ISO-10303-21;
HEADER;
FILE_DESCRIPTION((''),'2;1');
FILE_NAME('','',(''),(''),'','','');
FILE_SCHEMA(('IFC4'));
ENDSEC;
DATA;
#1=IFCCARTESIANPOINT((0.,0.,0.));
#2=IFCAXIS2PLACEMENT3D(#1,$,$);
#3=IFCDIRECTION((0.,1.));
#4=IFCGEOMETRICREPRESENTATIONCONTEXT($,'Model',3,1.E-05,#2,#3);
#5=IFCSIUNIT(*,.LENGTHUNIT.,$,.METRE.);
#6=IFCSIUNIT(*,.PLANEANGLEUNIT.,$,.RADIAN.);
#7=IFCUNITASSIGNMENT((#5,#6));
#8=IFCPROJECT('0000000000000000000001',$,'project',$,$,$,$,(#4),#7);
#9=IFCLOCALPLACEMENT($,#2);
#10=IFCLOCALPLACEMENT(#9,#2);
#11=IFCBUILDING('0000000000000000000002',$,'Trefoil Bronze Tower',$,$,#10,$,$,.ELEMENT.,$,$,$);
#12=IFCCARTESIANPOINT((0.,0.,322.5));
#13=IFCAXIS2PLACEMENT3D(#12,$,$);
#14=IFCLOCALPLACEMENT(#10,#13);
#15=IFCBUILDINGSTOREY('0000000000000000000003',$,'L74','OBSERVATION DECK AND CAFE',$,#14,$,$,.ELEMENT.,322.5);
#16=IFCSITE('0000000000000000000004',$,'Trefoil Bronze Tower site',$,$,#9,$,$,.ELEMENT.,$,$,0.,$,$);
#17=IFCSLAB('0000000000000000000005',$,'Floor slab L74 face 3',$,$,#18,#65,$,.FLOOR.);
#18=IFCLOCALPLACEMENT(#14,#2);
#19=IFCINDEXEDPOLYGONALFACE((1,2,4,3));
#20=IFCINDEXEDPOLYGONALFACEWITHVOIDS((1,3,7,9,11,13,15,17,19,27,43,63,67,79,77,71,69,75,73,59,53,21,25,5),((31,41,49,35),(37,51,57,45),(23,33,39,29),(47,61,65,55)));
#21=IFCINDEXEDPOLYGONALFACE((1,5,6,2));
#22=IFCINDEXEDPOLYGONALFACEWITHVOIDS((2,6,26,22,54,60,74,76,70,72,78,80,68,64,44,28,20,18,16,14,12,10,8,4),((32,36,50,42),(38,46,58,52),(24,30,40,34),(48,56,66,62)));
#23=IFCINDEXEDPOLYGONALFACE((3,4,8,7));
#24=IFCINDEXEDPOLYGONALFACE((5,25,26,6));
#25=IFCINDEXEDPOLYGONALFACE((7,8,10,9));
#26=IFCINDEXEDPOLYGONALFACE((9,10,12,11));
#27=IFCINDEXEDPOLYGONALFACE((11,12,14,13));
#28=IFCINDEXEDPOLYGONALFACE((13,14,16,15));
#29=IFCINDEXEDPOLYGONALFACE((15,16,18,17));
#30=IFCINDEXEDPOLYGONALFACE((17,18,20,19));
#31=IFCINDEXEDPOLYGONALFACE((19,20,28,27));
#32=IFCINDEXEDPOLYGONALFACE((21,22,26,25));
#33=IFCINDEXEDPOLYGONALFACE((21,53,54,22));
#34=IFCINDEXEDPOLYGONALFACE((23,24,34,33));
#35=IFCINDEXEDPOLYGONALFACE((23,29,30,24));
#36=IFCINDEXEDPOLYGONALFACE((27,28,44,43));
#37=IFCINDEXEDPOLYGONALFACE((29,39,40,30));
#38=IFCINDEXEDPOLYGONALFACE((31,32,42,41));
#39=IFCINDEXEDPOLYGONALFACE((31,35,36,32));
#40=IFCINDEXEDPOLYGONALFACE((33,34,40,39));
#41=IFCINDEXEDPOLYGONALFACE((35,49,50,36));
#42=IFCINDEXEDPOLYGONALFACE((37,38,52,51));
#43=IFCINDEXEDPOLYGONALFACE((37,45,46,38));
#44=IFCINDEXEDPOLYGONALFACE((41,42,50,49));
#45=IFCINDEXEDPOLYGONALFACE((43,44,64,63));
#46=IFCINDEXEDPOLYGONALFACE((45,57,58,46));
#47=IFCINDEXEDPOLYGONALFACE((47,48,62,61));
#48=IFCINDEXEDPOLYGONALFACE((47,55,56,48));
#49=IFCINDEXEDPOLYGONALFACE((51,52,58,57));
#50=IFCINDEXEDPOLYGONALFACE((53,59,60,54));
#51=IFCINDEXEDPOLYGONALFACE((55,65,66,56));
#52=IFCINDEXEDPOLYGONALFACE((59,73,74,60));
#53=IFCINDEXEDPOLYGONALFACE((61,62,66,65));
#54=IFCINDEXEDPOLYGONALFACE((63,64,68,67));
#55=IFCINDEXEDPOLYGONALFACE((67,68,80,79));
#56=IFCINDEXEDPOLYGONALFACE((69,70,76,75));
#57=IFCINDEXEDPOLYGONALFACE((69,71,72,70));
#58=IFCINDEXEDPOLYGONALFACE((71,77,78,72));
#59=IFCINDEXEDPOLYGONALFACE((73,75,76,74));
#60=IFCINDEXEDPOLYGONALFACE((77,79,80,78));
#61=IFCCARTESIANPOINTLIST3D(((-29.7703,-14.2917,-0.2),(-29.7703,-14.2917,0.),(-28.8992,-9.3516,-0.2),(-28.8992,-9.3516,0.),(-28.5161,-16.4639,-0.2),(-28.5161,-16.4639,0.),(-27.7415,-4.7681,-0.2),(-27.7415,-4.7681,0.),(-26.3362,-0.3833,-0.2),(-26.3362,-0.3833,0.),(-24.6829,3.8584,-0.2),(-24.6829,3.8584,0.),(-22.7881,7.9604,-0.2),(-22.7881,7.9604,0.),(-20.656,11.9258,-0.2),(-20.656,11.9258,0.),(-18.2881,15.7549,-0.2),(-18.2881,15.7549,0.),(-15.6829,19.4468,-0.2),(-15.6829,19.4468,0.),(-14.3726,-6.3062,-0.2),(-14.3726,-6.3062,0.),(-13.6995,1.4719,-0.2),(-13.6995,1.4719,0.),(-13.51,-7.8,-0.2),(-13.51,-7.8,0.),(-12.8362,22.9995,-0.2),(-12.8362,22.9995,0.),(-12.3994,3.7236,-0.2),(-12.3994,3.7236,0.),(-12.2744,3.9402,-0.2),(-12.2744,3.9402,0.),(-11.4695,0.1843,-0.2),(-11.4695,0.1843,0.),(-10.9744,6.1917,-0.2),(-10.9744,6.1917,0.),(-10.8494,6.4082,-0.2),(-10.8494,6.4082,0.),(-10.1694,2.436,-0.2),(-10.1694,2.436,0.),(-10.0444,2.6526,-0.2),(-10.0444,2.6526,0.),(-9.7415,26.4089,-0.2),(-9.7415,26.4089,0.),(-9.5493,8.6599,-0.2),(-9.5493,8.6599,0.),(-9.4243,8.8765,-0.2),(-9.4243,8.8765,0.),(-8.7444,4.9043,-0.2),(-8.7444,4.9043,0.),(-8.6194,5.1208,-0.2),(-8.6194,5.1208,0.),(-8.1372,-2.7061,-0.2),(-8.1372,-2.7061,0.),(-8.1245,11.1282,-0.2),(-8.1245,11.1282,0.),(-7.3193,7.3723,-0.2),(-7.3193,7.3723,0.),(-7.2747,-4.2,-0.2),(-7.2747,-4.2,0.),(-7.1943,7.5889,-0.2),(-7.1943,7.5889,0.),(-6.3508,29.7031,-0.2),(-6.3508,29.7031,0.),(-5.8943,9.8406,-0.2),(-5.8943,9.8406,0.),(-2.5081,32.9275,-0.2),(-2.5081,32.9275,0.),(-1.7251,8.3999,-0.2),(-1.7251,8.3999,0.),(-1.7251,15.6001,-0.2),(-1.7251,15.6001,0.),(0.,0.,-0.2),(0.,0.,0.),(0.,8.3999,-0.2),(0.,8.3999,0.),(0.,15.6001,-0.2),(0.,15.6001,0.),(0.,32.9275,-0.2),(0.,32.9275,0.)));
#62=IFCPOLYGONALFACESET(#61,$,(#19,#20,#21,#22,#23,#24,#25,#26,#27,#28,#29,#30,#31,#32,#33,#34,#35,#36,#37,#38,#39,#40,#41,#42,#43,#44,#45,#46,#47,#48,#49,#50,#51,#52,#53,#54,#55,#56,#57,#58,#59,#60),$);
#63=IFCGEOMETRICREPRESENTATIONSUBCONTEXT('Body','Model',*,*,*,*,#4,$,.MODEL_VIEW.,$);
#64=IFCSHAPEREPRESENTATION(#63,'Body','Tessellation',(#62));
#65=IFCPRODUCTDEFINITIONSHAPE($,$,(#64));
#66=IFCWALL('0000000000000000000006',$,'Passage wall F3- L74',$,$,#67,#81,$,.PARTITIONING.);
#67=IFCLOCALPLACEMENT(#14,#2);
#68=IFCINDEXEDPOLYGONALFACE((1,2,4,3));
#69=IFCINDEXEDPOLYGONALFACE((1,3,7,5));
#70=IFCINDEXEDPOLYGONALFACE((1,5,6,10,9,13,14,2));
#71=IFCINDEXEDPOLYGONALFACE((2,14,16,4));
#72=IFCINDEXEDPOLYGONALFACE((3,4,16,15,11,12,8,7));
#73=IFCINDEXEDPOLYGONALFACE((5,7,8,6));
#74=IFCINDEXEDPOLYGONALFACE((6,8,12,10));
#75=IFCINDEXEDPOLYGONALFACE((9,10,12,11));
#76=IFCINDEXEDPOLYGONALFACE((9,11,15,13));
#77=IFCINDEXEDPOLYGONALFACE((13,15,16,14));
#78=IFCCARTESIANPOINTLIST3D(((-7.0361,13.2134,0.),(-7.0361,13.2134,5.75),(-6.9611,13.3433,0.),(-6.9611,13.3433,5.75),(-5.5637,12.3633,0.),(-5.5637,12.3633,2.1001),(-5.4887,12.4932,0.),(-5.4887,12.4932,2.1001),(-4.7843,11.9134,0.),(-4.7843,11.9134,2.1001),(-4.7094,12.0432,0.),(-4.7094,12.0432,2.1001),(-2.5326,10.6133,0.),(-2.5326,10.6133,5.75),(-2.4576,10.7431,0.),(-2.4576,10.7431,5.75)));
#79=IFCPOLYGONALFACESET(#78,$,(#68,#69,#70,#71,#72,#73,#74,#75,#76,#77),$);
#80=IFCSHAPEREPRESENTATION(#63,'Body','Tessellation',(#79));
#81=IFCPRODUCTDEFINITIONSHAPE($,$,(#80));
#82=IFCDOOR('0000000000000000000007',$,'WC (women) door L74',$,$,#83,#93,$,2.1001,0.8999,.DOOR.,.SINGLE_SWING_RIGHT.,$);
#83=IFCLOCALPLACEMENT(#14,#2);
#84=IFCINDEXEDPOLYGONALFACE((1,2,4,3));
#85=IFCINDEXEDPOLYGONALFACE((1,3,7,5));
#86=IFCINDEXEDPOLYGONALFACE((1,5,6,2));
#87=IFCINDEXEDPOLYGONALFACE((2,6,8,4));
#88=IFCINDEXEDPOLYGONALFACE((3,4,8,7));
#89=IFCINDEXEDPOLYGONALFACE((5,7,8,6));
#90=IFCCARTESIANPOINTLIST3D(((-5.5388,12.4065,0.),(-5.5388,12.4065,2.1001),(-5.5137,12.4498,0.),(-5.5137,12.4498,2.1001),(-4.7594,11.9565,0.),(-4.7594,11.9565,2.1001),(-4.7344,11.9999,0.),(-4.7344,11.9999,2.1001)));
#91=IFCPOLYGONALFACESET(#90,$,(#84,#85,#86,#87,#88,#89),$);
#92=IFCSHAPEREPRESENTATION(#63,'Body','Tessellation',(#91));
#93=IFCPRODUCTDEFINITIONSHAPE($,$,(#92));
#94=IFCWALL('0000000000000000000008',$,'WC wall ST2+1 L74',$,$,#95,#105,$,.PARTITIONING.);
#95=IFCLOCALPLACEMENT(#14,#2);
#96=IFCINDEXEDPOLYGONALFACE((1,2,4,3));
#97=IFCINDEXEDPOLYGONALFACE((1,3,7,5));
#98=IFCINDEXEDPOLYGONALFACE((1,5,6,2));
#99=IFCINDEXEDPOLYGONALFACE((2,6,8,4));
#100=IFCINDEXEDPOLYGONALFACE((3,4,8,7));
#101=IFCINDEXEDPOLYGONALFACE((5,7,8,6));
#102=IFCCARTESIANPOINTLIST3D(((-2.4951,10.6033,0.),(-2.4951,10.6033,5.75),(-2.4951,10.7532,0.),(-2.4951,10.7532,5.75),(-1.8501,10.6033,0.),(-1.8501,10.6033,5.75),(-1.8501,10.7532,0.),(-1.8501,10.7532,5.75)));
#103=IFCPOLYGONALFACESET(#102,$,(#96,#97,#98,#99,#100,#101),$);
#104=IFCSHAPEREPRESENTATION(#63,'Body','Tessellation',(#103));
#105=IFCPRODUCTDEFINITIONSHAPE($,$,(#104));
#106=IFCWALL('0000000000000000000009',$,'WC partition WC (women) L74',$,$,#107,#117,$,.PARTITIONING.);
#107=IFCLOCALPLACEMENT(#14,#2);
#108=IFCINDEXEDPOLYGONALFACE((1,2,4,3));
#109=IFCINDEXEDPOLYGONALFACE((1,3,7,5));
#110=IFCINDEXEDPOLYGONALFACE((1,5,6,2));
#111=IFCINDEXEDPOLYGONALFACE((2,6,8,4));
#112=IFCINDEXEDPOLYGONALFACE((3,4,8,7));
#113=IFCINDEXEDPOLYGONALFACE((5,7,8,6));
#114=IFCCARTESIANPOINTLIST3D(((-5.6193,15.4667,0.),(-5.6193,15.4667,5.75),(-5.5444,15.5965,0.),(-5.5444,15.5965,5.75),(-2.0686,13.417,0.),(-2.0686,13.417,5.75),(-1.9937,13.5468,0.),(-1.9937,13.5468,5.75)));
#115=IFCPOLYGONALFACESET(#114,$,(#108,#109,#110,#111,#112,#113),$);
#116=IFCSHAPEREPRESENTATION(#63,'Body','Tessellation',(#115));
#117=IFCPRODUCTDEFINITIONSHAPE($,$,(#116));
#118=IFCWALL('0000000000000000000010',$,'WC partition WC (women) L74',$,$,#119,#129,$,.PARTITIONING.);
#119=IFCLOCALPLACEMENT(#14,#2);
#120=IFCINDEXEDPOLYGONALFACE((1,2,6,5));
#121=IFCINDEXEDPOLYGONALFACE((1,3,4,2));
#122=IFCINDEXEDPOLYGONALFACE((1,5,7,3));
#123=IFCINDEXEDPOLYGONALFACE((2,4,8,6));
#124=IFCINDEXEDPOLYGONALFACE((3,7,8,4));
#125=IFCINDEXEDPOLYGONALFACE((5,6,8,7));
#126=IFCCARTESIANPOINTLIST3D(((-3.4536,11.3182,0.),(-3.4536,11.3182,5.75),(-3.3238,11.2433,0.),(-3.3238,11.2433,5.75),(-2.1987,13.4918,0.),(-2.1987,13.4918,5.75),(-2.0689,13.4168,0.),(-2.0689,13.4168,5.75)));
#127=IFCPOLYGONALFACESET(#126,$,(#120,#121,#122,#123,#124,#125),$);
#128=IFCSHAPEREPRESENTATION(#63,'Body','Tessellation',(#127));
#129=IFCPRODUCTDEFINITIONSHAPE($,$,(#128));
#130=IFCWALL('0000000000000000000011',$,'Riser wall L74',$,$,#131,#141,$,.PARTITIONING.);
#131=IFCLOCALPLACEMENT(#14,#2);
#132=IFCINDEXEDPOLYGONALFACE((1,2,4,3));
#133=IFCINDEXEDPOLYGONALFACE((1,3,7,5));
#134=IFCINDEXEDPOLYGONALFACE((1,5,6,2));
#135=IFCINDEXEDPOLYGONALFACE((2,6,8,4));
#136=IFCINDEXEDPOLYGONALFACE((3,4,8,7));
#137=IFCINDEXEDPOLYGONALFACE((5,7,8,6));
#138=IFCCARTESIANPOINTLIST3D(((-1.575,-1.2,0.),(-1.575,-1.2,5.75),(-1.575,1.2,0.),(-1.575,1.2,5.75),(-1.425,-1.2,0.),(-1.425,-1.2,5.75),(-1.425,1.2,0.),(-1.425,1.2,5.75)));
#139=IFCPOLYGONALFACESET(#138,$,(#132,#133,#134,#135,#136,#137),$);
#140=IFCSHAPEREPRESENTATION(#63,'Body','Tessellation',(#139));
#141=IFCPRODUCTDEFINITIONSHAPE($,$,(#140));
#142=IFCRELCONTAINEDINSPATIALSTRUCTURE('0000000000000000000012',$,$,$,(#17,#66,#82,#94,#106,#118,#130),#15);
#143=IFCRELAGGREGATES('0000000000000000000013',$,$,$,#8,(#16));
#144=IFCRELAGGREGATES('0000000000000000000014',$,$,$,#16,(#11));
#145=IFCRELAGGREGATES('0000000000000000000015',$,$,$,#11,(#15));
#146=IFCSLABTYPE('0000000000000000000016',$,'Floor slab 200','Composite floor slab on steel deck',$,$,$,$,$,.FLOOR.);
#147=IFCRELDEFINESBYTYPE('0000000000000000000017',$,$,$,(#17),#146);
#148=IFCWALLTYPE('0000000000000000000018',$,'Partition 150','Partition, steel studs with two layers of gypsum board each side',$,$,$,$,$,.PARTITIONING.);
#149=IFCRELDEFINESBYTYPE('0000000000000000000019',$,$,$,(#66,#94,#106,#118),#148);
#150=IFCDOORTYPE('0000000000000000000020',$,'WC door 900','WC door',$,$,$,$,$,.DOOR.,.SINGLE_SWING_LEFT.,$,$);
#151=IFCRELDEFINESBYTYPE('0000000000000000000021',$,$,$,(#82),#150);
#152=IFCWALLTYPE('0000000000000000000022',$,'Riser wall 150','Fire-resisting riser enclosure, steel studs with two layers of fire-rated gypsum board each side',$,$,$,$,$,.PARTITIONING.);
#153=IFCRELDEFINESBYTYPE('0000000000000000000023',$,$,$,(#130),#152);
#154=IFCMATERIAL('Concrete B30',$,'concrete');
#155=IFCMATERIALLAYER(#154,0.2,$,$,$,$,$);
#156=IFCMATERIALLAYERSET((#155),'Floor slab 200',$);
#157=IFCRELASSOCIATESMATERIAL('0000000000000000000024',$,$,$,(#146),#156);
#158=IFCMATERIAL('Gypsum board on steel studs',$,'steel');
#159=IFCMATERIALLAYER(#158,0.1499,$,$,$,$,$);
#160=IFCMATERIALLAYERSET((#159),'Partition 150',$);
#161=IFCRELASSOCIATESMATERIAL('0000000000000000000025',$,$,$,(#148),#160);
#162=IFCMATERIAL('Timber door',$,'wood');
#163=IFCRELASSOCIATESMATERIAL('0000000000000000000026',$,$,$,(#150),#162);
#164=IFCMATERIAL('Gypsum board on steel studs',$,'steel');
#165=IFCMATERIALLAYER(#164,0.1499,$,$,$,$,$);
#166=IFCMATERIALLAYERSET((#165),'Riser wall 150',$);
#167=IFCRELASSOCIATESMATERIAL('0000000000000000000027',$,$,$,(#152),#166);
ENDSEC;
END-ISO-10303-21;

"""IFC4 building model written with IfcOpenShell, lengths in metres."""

from ifc_helpers import new_model, si_unit, direction, frame, frame_2d, origin, place, context, subcontext, project, spatial, polyline, rectangle, outline, extrude, material, layer, layer_set, type_object, element, fill, save


model = new_model("IFC4")

# Units and contexts
model_context = context("Model", 3, precision=1e-05, world=origin(), true_north=direction((0.0, 1.0)))
body_context = subcontext(model_context, "Body", "Model", "MODEL_VIEW")
ifc_project = project(units=[si_unit("LENGTHUNIT", "METRE"), si_unit("PLANEANGLEUNIT", "RADIAN")], contexts=[model_context])

# Site, building, storey
site_placement = place(None, origin())
site = spatial("IfcSite", under=ifc_project, at=site_placement, Name="Trefoil Bronze Tower site", CompositionType="ELEMENT", RefElevation=0.0)
building_placement = place(site_placement, origin())
building = spatial("IfcBuilding", under=site, at=building_placement, Name="Trefoil Bronze Tower", CompositionType="ELEMENT")
storey_placement = place(building_placement, frame((0.0, 0.0, 322.5)))
storey = spatial("IfcBuildingStorey", under=building, at=storey_placement, Name="L74", Description="OBSERVATION DECK AND CAFE", CompositionType="ELEMENT", Elevation=322.5)

# Slab
ifc_material_1 = material(Name="Concrete B30", Category="concrete")
ifc_layer_1 = layer(ifc_material_1, 0.2)
ifc_layer_set_1 = layer_set([ifc_layer_1], Name="Floor slab 200")
slab_type = type_object("IfcSlabType", Name="Floor slab 200", Description="Composite floor slab on steel deck", PredefinedType="FLOOR", material=ifc_layer_set_1)
slab_1_placement = place(storey_placement, frame((0.0, 0.0, -0.2)))
element("IfcSlab", 1, at=slab_1_placement, inside=storey, type_object=slab_type, Name="Floor slab L74 face 3", PredefinedType="FLOOR", context=body_context, shape_type="SweptSolid", body=[
    extrude(outline(polyline([(-26.3362, -0.3833), (-24.6829, 3.8584), (-22.7881, 7.9604), (-20.656, 11.9258), (-18.2881, 15.7549), (-15.6829, 19.4468), (-12.8362, 22.9995), (-9.7415, 26.4089), (-6.3508, 29.7031), (-2.5081, 32.9275), (0.0, 32.9275), (0.0, 15.6001), (-1.7251, 15.6001), (-1.7251, 8.3999), (0.0, 8.3999), (0.0, 0.0), (-7.2747, -4.2), (-8.1372, -2.7061), (-14.3726, -6.3062), (-13.51, -7.8), (-28.5161, -16.4639), (-29.7703, -14.2917), (-28.8992, -9.3516), (-27.7415, -4.7681), (-26.3362, -0.3833)]), holes=[polyline([(-5.8943, 9.8406), (-7.1943, 7.5889), (-9.4243, 8.8765), (-8.1245, 11.1282), (-5.8943, 9.8406)]), polyline([(-7.3193, 7.3723), (-8.6194, 5.1208), (-10.8494, 6.4082), (-9.5493, 8.6599), (-7.3193, 7.3723)]), polyline([(-8.7444, 4.9043), (-10.0444, 2.6526), (-12.2744, 3.9402), (-10.9744, 6.1917), (-8.7444, 4.9043)]), polyline([(-10.1694, 2.436), (-11.4695, 0.1843), (-13.6995, 1.4719), (-12.3994, 3.7236), (-10.1694, 2.436)])]), origin(), (0.0, 0.0, 1.0), 0.2),
])

# Wall, opening, door
ifc_material_2 = material(Name="Gypsum board on steel studs", Category="steel")
ifc_layer_2 = layer(ifc_material_2, 0.1499)
ifc_layer_set_2 = layer_set([ifc_layer_2], Name="Partition 150")
wall_type_1 = type_object("IfcWallType", Name="Partition 150", Description="Partition, steel studs with two layers of gypsum board each side", PredefinedType="PARTITIONING", material=ifc_layer_set_2)
wall_1_placement = place(storey_placement, frame((-2.4951, 10.6782, 0.0), z_axis=(0.0, 0.0, 1.0), x_axis=(-0.866021, 0.500007, 0.0)))
wall_1 = element("IfcWall", 2, at=wall_1_placement, inside=storey, type_object=wall_type_1, Name="Passage wall F3- L74", PredefinedType="PARTITIONING", context=body_context, shape_type="SweptSolid", body=[
    extrude(rectangle(XDim=5.2002, YDim=0.1499, at=frame_2d((2.6001, 0.0))), origin(), (0.0, 0.0, 1.0), 5.75),
])
opening_1_placement = place(wall_1_placement, frame((2.6001, 0.0, 0.0)))
opening_1 = element("IfcOpeningElement", 3, at=opening_1_placement, cuts=wall_1, PredefinedType="OPENING", context=body_context, shape_type="SweptSolid", body=[
    extrude(rectangle(XDim=0.8999, YDim=2.1001, at=frame_2d((0.45, 1.05))), frame((0.0, 0.085, 0.0), z_axis=(0.0, -1.0, 0.0), x_axis=(1.0, 0.0, 0.0)), (0.0, 0.0, 1.0), 0.1699),
])
ifc_material_3 = material(Name="Timber door", Category="wood")
door_type_1 = type_object("IfcDoorType", Name="WC door 900", Description="WC door", OperationType="SINGLE_SWING_LEFT", PredefinedType="DOOR", material=ifc_material_3)
door_1_placement = place(opening_1_placement, frame((0.8999, 0.0, 0.0), z_axis=(0.0, 0.0, 1.0), x_axis=(-1.0, 0.0, 0.0)))
door_1 = element("IfcDoor", 4, at=door_1_placement, inside=storey, type_object=door_type_1, Name="WC (women) door L74", OperationType="SINGLE_SWING_RIGHT", OverallHeight=2.1001, OverallWidth=0.8999, PredefinedType="DOOR", context=body_context, shape_type="SweptSolid", body=[
    extrude(rectangle(XDim=0.8999, YDim=2.1001, at=frame_2d((0.45, 1.05))), frame((0.0, 0.0249, 0.0), z_axis=(0.0, -1.0, 0.0), x_axis=(1.0, 0.0, 0.0)), (0.0, 0.0, 1.0), 0.05),
])
fill(opening_1, door_1)

# Walls
wall_2_placement = place(storey_placement, frame((-2.4951, 10.6782, 0.0), z_axis=(0.0, 0.0, 1.0), x_axis=(1.0, 0.0, 0.0)))
element("IfcWall", 5, at=wall_2_placement, inside=storey, type_object=wall_type_1, Name="WC wall ST2+1 L74", PredefinedType="PARTITIONING", context=body_context, shape_type="SweptSolid", body=[
    extrude(rectangle(XDim=0.645, YDim=0.1499, at=frame_2d((0.3225, 0.0))), origin(), (0.0, 0.0, 1.0), 5.75),
])
wall_3_placement = place(storey_placement, frame((-2.0312, 13.4819, 0.0), z_axis=(0.0, 0.0, 1.0), x_axis=(-0.866051, 0.499956, 0.0)))
element("IfcWall", 6, at=wall_3_placement, inside=storey, type_object=wall_type_1, Name="WC partition WC (women) L74", PredefinedType="PARTITIONING", context=body_context, shape_type="SweptSolid", body=[
    extrude(rectangle(XDim=4.0999, YDim=0.1499, at=frame_2d((2.0498, 0.0))), origin(), (0.0, 0.0, 1.0), 5.75),
])
wall_4_placement = place(storey_placement, frame((-3.3887, 11.2808, 0.0), z_axis=(0.0, 0.0, 1.0), x_axis=(0.499989, 0.866032, 0.0)))
element("IfcWall", 7, at=wall_4_placement, inside=storey, type_object=wall_type_1, Name="WC partition WC (women) L74", PredefinedType="PARTITIONING", context=body_context, shape_type="SweptSolid", body=[
    extrude(rectangle(XDim=2.5098, YDim=0.1499, at=frame_2d((1.2549, 0.0))), origin(), (0.0, 0.0, 1.0), 5.75),
])
ifc_material_4 = material(Name="Gypsum board on steel studs", Category="steel")
ifc_layer_3 = layer(ifc_material_4, 0.1499)
ifc_layer_set_3 = layer_set([ifc_layer_3], Name="Riser wall 150")
wall_type_2 = type_object("IfcWallType", Name="Riser wall 150", Description="Fire-resisting riser enclosure, steel studs with two layers of fire-rated gypsum board each side", PredefinedType="PARTITIONING", material=ifc_layer_set_3)
wall_5_placement = place(storey_placement, frame((-1.5, 1.2, 0.0), z_axis=(0.0, 0.0, 1.0), x_axis=(0.0, -1.0, 0.0)))
element("IfcWall", 8, at=wall_5_placement, inside=storey, type_object=wall_type_2, Name="Riser wall L74", PredefinedType="PARTITIONING", context=body_context, shape_type="SweptSolid", body=[
    extrude(rectangle(XDim=2.3999, YDim=0.1499, at=frame_2d((1.2, 0.0))), origin(), (0.0, 0.0, 1.0), 5.75),
])

save(model, "model.ifc")
